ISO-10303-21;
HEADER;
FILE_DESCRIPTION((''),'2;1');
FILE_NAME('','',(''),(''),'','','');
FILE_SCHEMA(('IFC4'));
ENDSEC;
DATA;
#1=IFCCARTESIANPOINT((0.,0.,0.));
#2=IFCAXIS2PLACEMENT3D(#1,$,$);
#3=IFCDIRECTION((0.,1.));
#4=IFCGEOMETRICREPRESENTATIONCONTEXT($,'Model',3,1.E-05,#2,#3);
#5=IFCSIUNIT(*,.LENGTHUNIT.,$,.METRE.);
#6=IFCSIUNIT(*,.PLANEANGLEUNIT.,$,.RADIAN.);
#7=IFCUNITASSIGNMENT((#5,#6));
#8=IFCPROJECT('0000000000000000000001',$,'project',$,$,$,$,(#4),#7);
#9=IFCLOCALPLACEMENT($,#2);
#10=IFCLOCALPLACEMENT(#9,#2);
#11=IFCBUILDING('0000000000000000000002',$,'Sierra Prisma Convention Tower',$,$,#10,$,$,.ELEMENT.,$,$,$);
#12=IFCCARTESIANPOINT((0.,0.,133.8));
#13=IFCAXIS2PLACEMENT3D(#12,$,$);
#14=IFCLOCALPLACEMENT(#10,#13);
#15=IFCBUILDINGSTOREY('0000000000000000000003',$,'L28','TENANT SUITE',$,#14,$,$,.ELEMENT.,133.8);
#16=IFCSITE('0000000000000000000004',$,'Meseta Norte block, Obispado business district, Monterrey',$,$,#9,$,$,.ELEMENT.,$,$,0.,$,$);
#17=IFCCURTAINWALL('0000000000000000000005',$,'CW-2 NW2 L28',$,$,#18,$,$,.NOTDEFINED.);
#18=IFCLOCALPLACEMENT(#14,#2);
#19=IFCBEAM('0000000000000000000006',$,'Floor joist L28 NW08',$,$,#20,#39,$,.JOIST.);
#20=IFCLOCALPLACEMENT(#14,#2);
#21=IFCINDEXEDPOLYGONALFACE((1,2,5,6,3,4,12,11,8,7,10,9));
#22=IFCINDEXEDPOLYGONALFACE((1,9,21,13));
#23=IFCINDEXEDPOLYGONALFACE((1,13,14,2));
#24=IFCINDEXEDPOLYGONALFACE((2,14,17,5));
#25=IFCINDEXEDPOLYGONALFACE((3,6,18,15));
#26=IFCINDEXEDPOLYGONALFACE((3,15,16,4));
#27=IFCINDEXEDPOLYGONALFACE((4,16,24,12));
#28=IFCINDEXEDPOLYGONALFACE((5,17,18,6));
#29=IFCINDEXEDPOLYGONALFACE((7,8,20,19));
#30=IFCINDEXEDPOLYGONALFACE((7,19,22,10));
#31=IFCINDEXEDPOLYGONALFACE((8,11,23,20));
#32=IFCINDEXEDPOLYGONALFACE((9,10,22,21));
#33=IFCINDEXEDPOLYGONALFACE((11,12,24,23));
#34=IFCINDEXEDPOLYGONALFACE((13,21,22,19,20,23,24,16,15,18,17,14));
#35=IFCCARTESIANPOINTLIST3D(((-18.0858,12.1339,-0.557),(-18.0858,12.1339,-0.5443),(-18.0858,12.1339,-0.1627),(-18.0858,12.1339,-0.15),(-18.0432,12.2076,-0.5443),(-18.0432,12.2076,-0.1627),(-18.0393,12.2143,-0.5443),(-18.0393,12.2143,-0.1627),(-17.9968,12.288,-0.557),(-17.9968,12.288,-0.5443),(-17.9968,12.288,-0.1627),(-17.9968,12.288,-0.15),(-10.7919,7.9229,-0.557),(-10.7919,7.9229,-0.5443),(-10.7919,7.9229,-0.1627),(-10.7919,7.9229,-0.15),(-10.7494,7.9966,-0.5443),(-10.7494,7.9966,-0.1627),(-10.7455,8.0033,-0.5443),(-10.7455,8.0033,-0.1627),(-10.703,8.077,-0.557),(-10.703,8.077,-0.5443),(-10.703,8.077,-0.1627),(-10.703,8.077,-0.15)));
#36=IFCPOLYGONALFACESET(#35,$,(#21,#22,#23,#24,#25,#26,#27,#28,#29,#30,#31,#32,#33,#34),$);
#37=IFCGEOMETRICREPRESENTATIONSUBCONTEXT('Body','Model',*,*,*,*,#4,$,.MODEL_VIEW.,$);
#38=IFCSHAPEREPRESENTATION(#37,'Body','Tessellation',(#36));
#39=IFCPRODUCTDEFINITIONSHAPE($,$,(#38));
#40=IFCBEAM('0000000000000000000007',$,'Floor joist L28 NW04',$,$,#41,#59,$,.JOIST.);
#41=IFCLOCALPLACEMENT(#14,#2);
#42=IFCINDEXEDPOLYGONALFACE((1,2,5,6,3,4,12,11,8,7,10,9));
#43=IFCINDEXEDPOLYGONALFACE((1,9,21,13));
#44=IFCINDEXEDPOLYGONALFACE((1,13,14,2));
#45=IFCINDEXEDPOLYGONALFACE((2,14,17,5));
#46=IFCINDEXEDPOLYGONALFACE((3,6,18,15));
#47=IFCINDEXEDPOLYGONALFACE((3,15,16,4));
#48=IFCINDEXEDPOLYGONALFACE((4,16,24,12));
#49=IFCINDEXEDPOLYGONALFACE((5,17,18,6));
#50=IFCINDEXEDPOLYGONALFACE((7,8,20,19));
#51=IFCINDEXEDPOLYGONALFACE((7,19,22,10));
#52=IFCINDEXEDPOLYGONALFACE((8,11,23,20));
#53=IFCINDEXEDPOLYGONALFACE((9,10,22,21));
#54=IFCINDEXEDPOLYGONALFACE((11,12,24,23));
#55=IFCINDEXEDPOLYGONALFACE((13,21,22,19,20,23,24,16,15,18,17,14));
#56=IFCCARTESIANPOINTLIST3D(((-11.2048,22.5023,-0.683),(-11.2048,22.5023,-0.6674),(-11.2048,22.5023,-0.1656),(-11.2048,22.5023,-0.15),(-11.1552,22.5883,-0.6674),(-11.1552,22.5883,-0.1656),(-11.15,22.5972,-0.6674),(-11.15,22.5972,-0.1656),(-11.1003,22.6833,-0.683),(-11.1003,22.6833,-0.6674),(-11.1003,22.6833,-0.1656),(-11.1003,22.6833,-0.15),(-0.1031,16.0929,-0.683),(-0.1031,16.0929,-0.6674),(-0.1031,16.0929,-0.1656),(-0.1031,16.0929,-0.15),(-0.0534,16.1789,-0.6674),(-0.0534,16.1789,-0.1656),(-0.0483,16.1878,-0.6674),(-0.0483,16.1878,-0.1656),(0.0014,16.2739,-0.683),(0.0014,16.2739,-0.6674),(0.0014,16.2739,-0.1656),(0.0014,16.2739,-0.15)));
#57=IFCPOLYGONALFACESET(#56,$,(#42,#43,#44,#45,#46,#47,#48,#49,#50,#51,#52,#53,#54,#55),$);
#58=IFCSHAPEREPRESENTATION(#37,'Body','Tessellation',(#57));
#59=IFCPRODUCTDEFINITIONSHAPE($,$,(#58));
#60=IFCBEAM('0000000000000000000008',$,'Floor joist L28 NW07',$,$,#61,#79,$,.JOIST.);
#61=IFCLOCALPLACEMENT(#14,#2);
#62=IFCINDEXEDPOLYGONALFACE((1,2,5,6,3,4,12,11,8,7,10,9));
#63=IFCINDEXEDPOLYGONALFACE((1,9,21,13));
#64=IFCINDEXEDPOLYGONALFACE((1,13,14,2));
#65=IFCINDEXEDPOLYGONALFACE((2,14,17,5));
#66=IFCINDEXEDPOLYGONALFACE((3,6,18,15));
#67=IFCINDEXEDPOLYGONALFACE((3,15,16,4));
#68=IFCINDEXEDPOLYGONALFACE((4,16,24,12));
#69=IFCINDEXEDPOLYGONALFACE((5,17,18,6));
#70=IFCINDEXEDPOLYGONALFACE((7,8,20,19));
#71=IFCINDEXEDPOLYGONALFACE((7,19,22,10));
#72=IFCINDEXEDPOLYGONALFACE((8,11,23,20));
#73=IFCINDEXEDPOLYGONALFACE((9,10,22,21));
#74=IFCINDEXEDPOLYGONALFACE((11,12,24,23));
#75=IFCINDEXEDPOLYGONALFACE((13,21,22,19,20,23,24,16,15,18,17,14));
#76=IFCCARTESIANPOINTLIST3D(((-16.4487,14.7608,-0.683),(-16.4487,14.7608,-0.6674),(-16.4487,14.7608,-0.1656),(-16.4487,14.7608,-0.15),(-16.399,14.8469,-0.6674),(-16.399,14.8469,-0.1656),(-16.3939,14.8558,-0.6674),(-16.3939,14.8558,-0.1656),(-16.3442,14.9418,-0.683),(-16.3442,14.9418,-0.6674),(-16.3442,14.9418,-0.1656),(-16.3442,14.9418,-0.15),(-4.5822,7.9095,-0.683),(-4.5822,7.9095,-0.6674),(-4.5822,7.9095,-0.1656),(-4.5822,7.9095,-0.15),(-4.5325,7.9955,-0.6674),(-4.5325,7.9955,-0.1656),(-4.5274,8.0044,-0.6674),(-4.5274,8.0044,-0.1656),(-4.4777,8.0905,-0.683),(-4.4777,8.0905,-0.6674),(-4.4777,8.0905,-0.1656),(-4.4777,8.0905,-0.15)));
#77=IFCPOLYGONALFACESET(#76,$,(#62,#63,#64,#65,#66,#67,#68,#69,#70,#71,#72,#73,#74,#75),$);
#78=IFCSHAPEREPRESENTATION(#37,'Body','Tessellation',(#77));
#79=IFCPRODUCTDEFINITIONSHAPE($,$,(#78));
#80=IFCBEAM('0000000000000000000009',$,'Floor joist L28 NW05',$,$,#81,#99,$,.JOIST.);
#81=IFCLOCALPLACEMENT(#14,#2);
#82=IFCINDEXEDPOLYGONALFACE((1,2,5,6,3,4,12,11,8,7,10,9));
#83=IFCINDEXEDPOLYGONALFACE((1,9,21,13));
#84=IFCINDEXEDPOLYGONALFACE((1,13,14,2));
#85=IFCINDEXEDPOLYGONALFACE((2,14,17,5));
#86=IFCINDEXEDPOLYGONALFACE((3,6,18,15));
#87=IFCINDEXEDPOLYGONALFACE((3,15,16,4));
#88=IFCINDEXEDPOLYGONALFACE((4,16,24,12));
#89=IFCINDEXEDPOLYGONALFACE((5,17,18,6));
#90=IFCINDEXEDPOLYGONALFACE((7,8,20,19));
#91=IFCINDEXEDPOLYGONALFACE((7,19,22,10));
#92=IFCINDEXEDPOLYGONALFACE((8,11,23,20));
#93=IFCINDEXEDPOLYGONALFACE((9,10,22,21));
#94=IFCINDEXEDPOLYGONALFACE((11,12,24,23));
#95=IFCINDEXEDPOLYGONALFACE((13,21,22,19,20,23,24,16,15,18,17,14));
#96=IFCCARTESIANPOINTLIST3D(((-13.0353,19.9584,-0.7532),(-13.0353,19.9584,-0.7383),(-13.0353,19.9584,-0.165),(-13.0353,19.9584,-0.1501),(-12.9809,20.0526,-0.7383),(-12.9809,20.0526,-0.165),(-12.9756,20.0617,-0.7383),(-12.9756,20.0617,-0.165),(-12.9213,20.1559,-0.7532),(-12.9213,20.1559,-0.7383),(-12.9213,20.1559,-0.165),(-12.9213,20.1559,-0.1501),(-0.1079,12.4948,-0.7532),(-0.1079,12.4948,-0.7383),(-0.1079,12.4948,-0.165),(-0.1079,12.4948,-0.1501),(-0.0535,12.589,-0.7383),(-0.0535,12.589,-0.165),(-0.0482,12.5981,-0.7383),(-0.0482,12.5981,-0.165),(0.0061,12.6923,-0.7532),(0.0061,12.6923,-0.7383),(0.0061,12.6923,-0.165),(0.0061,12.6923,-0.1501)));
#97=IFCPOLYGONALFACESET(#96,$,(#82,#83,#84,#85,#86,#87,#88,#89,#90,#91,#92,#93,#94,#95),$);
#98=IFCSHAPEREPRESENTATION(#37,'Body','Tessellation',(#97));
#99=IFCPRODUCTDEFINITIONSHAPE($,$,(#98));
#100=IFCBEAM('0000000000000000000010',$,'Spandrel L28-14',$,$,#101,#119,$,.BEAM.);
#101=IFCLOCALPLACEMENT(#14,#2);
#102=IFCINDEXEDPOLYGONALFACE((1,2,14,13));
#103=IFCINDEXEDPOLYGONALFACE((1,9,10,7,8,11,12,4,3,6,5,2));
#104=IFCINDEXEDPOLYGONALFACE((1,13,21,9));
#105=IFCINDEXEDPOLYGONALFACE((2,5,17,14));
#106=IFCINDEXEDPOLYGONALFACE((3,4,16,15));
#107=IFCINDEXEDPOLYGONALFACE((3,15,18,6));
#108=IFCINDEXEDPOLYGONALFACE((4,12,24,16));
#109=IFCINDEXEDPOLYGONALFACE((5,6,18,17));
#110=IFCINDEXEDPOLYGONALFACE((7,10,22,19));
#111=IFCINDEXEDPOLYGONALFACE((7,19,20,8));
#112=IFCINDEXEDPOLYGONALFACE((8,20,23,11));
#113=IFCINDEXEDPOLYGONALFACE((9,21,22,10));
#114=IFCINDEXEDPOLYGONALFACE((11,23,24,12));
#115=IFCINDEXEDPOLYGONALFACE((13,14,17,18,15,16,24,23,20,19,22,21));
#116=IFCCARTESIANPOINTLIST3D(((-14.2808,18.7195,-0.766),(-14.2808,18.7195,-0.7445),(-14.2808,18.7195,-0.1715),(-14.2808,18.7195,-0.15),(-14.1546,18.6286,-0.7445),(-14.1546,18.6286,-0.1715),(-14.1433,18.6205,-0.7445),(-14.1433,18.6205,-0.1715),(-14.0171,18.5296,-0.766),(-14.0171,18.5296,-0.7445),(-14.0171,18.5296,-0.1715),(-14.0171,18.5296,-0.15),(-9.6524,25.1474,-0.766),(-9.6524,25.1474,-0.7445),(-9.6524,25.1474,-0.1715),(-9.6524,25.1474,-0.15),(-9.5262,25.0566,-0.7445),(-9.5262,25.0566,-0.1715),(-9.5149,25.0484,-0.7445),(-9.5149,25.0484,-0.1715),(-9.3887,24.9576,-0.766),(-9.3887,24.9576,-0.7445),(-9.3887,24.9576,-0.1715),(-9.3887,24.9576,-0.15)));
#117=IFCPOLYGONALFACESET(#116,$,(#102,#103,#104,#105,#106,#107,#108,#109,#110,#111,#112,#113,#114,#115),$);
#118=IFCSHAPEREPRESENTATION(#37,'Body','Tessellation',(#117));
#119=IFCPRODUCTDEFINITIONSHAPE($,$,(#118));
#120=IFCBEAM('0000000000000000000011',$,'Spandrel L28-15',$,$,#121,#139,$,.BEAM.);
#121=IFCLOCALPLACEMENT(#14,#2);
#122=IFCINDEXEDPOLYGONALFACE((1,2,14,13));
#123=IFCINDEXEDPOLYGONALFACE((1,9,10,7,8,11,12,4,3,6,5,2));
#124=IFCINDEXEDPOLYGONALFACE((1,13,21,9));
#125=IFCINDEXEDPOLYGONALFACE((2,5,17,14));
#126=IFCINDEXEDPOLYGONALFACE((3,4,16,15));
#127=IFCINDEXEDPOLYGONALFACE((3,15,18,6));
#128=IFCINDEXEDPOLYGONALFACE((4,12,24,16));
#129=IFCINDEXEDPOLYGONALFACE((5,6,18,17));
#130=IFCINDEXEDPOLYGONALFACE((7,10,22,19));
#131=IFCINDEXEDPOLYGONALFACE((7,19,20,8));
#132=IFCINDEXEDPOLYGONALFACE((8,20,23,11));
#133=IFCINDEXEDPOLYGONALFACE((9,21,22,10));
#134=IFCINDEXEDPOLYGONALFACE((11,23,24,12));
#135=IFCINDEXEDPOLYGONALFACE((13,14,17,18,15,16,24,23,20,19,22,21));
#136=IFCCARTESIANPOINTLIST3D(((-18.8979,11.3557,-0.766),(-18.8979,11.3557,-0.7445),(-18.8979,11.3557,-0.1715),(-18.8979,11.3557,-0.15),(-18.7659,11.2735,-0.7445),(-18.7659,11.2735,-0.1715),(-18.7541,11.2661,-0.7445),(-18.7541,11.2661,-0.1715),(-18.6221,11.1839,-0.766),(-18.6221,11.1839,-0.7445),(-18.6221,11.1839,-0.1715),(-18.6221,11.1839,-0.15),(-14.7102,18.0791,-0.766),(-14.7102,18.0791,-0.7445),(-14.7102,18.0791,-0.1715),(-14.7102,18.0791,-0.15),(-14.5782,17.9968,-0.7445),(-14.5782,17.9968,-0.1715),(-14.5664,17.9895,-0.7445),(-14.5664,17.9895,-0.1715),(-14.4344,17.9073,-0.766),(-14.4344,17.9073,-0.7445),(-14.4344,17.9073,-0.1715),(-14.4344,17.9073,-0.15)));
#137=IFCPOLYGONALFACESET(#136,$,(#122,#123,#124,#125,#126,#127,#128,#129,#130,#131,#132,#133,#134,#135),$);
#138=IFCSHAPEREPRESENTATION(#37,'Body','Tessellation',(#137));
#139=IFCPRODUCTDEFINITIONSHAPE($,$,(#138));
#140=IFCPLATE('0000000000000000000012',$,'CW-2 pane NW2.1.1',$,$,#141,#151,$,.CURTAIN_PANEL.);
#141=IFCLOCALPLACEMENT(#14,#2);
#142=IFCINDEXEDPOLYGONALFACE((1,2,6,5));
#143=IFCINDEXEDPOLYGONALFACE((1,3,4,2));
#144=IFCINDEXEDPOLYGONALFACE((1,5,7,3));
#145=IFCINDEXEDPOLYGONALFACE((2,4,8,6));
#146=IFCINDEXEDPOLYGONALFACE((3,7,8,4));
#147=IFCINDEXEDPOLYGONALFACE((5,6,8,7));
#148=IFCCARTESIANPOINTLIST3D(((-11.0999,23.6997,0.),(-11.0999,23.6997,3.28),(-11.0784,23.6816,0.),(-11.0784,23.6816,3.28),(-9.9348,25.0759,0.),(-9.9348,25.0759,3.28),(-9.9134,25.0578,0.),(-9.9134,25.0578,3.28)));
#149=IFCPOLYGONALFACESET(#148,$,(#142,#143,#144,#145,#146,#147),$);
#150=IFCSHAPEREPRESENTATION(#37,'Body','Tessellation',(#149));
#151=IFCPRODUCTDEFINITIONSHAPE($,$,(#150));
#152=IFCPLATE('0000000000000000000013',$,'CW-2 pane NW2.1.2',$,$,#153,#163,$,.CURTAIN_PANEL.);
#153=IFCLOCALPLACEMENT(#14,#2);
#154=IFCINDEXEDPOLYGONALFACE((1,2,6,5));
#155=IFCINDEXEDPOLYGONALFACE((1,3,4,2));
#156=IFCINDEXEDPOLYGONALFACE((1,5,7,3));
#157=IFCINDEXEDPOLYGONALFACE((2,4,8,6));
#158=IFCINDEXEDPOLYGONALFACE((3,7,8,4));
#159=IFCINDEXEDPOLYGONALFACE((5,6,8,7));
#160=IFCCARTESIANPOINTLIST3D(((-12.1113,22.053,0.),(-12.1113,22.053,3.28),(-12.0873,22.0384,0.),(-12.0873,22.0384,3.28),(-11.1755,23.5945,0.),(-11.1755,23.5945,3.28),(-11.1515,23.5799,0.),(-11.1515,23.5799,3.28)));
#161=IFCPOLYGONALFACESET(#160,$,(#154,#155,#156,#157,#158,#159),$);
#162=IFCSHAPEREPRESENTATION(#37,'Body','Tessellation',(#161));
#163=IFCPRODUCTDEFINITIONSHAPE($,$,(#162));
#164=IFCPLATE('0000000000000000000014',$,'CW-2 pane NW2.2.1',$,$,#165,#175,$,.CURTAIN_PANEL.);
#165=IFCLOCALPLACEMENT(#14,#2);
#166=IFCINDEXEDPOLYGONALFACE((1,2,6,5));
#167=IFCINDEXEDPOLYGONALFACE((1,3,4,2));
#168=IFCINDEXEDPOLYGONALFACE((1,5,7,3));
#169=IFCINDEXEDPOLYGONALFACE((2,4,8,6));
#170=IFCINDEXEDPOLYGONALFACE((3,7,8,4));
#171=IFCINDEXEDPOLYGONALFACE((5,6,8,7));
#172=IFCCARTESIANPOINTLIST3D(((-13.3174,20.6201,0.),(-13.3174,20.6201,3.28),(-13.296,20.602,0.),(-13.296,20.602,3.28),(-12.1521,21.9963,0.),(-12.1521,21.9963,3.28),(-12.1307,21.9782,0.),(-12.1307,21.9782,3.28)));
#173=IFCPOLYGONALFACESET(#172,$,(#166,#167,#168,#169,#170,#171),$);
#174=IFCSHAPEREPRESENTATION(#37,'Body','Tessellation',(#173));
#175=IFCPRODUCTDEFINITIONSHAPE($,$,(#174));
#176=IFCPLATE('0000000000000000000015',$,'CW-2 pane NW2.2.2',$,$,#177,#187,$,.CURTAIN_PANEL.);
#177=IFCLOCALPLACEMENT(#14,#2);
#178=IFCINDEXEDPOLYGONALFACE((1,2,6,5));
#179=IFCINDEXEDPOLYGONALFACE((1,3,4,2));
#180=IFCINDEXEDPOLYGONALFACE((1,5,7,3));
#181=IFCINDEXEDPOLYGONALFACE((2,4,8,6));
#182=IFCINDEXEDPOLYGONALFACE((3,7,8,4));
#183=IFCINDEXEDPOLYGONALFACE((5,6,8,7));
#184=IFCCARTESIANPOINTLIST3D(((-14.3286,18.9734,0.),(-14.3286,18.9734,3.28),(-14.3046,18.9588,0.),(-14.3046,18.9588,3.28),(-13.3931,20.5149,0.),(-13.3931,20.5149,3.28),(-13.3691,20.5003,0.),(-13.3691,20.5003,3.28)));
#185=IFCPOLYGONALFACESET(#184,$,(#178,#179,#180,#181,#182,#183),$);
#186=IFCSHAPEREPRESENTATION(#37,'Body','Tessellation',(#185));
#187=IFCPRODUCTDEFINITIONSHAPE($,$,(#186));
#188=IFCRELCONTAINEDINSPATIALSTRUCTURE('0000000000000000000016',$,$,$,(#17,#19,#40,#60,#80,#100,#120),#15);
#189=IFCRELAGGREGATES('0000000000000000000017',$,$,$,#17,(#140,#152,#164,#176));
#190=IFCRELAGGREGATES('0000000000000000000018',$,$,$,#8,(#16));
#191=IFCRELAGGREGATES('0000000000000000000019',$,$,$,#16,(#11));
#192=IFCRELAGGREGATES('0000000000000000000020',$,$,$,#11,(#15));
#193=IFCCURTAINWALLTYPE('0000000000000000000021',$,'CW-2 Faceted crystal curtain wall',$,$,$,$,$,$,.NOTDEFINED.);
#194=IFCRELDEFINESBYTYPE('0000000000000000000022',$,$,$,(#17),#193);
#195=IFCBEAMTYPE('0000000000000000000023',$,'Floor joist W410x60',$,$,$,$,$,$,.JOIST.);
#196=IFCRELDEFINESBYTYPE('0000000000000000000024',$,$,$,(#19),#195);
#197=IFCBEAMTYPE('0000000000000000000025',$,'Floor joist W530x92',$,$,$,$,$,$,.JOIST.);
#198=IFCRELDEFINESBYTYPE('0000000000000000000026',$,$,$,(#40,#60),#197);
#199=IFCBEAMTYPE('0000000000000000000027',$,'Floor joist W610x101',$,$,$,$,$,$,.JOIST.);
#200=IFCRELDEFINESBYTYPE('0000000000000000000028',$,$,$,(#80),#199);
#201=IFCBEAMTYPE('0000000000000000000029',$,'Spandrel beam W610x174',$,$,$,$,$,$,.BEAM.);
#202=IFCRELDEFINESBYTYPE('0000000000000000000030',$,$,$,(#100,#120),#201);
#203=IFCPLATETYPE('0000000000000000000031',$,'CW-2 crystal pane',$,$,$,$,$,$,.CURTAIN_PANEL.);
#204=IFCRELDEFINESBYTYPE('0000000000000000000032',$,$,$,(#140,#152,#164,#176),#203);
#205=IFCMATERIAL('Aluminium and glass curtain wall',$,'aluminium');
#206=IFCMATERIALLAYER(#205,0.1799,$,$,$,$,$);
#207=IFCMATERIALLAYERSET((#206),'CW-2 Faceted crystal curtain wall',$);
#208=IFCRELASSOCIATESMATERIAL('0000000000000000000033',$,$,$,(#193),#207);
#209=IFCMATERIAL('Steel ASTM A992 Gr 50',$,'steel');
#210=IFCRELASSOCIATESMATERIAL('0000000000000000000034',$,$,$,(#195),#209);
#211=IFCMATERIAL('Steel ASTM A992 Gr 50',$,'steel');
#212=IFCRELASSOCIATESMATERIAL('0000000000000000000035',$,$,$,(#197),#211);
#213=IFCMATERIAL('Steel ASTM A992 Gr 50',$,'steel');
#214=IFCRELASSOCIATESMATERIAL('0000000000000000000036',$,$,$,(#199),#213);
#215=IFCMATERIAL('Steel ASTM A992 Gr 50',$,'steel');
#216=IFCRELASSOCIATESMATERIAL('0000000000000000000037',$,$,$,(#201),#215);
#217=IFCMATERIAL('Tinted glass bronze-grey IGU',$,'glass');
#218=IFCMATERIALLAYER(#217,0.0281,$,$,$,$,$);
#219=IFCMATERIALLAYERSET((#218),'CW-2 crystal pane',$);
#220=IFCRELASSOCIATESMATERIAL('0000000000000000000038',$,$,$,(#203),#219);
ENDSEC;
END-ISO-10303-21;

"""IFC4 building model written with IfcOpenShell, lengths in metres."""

from ifc_helpers import new_model, si_unit, direction, frame, origin, origin_2d, place, context, subcontext, project, spatial, polyline, i_section, outline, extrude, material, layer, layer_set, material_profile, profile_set, type_object, element, aggregate, save


model = new_model("IFC4")

# Units and contexts
model_context = context("Model", 3, precision=1e-05, world=origin(), true_north=direction((0.0, 1.0)))
body_context = subcontext(model_context, "Body", "Model", "MODEL_VIEW")
ifc_project = project(units=[si_unit("LENGTHUNIT", "METRE"), si_unit("PLANEANGLEUNIT", "RADIAN")], contexts=[model_context])

# Site, building, storey
site_placement = place(None, origin())
site = spatial("IfcSite", under=ifc_project, at=site_placement, Name="Meseta Norte block, Obispado business district, Monterrey", CompositionType="ELEMENT", RefElevation=0.0)
building_placement = place(site_placement, origin())
building = spatial("IfcBuilding", under=site, at=building_placement, Name="Sierra Prisma Convention Tower", CompositionType="ELEMENT")
storey_placement = place(building_placement, frame((0.0, 0.0, 133.8)))
storey = spatial("IfcBuildingStorey", under=building, at=storey_placement, Name="L28", Description="TENANT SUITE", CompositionType="ELEMENT", Elevation=133.8)

# Curtain wall
ifc_material_1 = material(Name="Aluminium and glass curtain wall", Category="aluminium")
ifc_layer_1 = layer(ifc_material_1, 0.1799)
ifc_layer_set_1 = layer_set([ifc_layer_1], Name="CW-2 Faceted crystal curtain wall")
curtain_wall_type = type_object("IfcCurtainWallType", Name="CW-2 Faceted crystal curtain wall", PredefinedType="NOTDEFINED", material=ifc_layer_set_1)
curtain_wall_1_placement = place(storey_placement, origin())
curtain_wall_1 = element("IfcCurtainWall", 1, at=curtain_wall_1_placement, inside=storey, type_object=curtain_wall_type, Name="CW-2 NW2 L28", PredefinedType="NOTDEFINED")

# Beams
ifc_material_2 = material(Name="Steel ASTM A992 Gr 50", Category="steel")
ifc_material_profile_1 = material_profile(ifc_material_2, i_section(OverallWidth=0.178, OverallDepth=0.407, WebThickness=0.0078, FlangeThickness=0.0127, at=origin_2d()), Name="W410x60")
ifc_profile_set_1 = profile_set([ifc_material_profile_1], Name="Steel ASTM A992 Gr 50")
beam_type_1 = type_object("IfcBeamType", Name="Floor joist W410x60", PredefinedType="JOIST", material=ifc_profile_set_1)
beam_1_placement = place(storey_placement, frame((-18.0413, 12.2109, -0.3535), z_axis=(0.86603, -0.499993, 0.0), x_axis=(0.499993, 0.86603, 0.0)))
element("IfcBeam", 2, at=beam_1_placement, inside=storey, type_object=beam_type_1, Name="Floor joist L28 NW08", PredefinedType="JOIST", context=body_context, shape_type="SweptSolid", body=[
    extrude(i_section(OverallWidth=0.178, OverallDepth=0.407, WebThickness=0.0078, FlangeThickness=0.0127, at=origin_2d()), origin(), (0.0, 0.0, 1.0), 8.4221),
])
ifc_material_3 = material(Name="Steel ASTM A992 Gr 50", Category="steel")
ifc_material_profile_2 = material_profile(ifc_material_3, i_section(OverallWidth=0.209, OverallDepth=0.533, WebThickness=0.0103, FlangeThickness=0.0156, at=origin_2d()), Name="W530x92")
ifc_profile_set_2 = profile_set([ifc_material_profile_2], Name="Steel ASTM A992 Gr 50")
beam_type_2 = type_object("IfcBeamType", Name="Floor joist W530x92", PredefinedType="JOIST", material=ifc_profile_set_2)
beam_2_placement = place(storey_placement, frame((-11.1526, 22.5928, -0.4165), z_axis=(0.866032, -0.499988, 0.0), x_axis=(0.499988, 0.866032, 0.0)))
element("IfcBeam", 3, at=beam_2_placement, inside=storey, type_object=beam_type_2, Name="Floor joist L28 NW04", PredefinedType="JOIST", context=body_context, shape_type="SweptSolid", body=[
    extrude(i_section(OverallWidth=0.209, OverallDepth=0.533, WebThickness=0.0103, FlangeThickness=0.0156, at=origin_2d()), origin(), (0.0, 0.0, 1.0), 12.8191),
])
beam_3_placement = place(storey_placement, frame((-16.3965, 14.8513, -0.4165), z_axis=(0.866019, -0.500012, 0.0), x_axis=(0.500012, 0.866019, 0.0)))
element("IfcBeam", 4, at=beam_3_placement, inside=storey, type_object=beam_type_2, Name="Floor joist L28 NW07", PredefinedType="JOIST", context=body_context, shape_type="SweptSolid", body=[
    extrude(i_section(OverallWidth=0.209, OverallDepth=0.533, WebThickness=0.0103, FlangeThickness=0.0156, at=origin_2d()), origin(), (0.0, 0.0, 1.0), 13.7024),
])
ifc_material_4 = material(Name="Steel ASTM A992 Gr 50", Category="steel")
ifc_material_profile_3 = material_profile(ifc_material_4, i_section(OverallWidth=0.228, OverallDepth=0.603, WebThickness=0.0105, FlangeThickness=0.0149, at=origin_2d()), Name="W610x101")
ifc_profile_set_3 = profile_set([ifc_material_profile_3], Name="Steel ASTM A992 Gr 50")
beam_type_3 = type_object("IfcBeamType", Name="Floor joist W610x101", PredefinedType="JOIST", material=ifc_profile_set_3)
beam_4_placement = place(storey_placement, frame((-12.9783, 20.0571, -0.4517), z_axis=(0.866027, -0.499997, 0.0), x_axis=(0.499997, 0.866027, 0.0)))
element("IfcBeam", 5, at=beam_4_placement, inside=storey, type_object=beam_type_3, Name="Floor joist L28 NW05", PredefinedType="JOIST", context=body_context, shape_type="SweptSolid", body=[
    extrude(i_section(OverallWidth=0.228, OverallDepth=0.603, WebThickness=0.0105, FlangeThickness=0.0149, at=origin_2d()), origin(), (0.0, 0.0, 1.0), 14.9272),
])
ifc_material_5 = material(Name="Steel ASTM A992 Gr 50", Category="steel")
ifc_material_profile_4 = material_profile(ifc_material_5, i_section(OverallWidth=0.325, OverallDepth=0.616, WebThickness=0.0139, FlangeThickness=0.0215, at=origin_2d()), Name="W610x174")
ifc_profile_set_4 = profile_set([ifc_material_profile_4], Name="Steel ASTM A992 Gr 50")
beam_type_4 = type_object("IfcBeamType", Name="Spandrel beam W610x174", PredefinedType="BEAM", material=ifc_profile_set_4)
for number, where, z_axis, x_axis, name in (
    (6, (-9.5205, 25.0525, -0.458), (-0.584327, -0.811518, 0.0), (0.811518, -0.584327, 0.0), "Spandrel L28-14"),
    (7, (-14.5723, 17.9932, -0.458), (-0.528693, -0.848813, 0.0), (0.848813, -0.528693, 0.0), "Spandrel L28-15"),
):
    element("IfcBeam", number, at=place(storey_placement, frame(where, z_axis=z_axis, x_axis=x_axis)), inside=storey, type_object=beam_type_4, Name=name, PredefinedType="BEAM", context=body_context, shape_type="SweptSolid", body=[
        extrude(i_section(OverallWidth=0.325, OverallDepth=0.616, WebThickness=0.0139, FlangeThickness=0.0215, at=origin_2d()), origin(), (0.0, 0.0, 1.0), 7.9209),
    ])

# Plates
ifc_material_6 = material(Name="Tinted glass bronze-grey IGU", Category="glass")
ifc_layer_2 = layer(ifc_material_6, 0.0281)
ifc_layer_set_2 = layer_set([ifc_layer_2], Name="CW-2 crystal pane")
plate_type = type_object("IfcPlateType", Name="CW-2 crystal pane", PredefinedType="CURTAIN_PANEL", material=ifc_layer_set_2)
plate_1_placement = place(storey_placement, frame((-9.9348, 25.0759, 0.0), z_axis=(-0.763237, 0.646118, 0.0), x_axis=(-0.646118, -0.763237, 0.0)))
plate_1 = element("IfcPlate", 8, at=plate_1_placement, type_object=plate_type, Name="CW-2 pane NW2.1.1", PredefinedType="CURTAIN_PANEL", context=body_context, shape_type="SweptSolid", body=[
    extrude(outline(polyline([(0.0, 0.0), (1.8031, 0.0), (1.8031, 3.28), (0.0, 3.28), (0.0, 0.0)])), origin(), (0.0, 0.0, -1.0), 0.0281),
])
plate_2_placement = place(storey_placement, frame((-12.1113, 22.053, 0.0), z_axis=(-0.854818, 0.518929, 0.0), x_axis=(0.518929, 0.854818, 0.0)))
plate_2 = element("IfcPlate", 9, at=plate_2_placement, type_object=plate_type, Name="CW-2 pane NW2.1.2", PredefinedType="CURTAIN_PANEL", context=body_context, shape_type="SweptSolid", body=[
    extrude(outline(polyline([(0.0, 0.0), (1.8033, 0.0), (1.8033, -3.28), (0.0, -3.28), (0.0, 0.0)])), origin(), (0.0, 0.0, -1.0), 0.0281),
])
plate_3_placement = place(storey_placement, frame((-12.1521, 21.9963, 0.0), z_axis=(-0.763171, 0.646197, 0.0), x_axis=(-0.646197, -0.763171, 0.0)))
plate_3 = element("IfcPlate", 10, at=plate_3_placement, type_object=plate_type, Name="CW-2 pane NW2.2.1", PredefinedType="CURTAIN_PANEL", context=body_context, shape_type="SweptSolid", body=[
    extrude(outline(polyline([(0.0, 0.0), (1.8033, 0.0), (1.8033, 3.28), (0.0, 3.28), (0.0, 0.0)])), origin(), (0.0, 0.0, -1.0), 0.0281),
])
plate_4_placement = place(storey_placement, frame((-14.3286, 18.9734, 0.0), z_axis=(-0.854878, 0.51883, 0.0), x_axis=(0.51883, 0.854878, 0.0)))
plate_4 = element("IfcPlate", 11, at=plate_4_placement, type_object=plate_type, Name="CW-2 pane NW2.2.2", PredefinedType="CURTAIN_PANEL", context=body_context, shape_type="SweptSolid", body=[
    extrude(outline(polyline([(0.0, 0.0), (1.8032, 0.0), (1.8032, -3.28), (0.0, -3.28), (0.0, 0.0)])), origin(), (0.0, 0.0, -1.0), 0.0281),
])
aggregate(curtain_wall_1, [plate_1, plate_2, plate_3, plate_4])

save(model, "model.ifc")
